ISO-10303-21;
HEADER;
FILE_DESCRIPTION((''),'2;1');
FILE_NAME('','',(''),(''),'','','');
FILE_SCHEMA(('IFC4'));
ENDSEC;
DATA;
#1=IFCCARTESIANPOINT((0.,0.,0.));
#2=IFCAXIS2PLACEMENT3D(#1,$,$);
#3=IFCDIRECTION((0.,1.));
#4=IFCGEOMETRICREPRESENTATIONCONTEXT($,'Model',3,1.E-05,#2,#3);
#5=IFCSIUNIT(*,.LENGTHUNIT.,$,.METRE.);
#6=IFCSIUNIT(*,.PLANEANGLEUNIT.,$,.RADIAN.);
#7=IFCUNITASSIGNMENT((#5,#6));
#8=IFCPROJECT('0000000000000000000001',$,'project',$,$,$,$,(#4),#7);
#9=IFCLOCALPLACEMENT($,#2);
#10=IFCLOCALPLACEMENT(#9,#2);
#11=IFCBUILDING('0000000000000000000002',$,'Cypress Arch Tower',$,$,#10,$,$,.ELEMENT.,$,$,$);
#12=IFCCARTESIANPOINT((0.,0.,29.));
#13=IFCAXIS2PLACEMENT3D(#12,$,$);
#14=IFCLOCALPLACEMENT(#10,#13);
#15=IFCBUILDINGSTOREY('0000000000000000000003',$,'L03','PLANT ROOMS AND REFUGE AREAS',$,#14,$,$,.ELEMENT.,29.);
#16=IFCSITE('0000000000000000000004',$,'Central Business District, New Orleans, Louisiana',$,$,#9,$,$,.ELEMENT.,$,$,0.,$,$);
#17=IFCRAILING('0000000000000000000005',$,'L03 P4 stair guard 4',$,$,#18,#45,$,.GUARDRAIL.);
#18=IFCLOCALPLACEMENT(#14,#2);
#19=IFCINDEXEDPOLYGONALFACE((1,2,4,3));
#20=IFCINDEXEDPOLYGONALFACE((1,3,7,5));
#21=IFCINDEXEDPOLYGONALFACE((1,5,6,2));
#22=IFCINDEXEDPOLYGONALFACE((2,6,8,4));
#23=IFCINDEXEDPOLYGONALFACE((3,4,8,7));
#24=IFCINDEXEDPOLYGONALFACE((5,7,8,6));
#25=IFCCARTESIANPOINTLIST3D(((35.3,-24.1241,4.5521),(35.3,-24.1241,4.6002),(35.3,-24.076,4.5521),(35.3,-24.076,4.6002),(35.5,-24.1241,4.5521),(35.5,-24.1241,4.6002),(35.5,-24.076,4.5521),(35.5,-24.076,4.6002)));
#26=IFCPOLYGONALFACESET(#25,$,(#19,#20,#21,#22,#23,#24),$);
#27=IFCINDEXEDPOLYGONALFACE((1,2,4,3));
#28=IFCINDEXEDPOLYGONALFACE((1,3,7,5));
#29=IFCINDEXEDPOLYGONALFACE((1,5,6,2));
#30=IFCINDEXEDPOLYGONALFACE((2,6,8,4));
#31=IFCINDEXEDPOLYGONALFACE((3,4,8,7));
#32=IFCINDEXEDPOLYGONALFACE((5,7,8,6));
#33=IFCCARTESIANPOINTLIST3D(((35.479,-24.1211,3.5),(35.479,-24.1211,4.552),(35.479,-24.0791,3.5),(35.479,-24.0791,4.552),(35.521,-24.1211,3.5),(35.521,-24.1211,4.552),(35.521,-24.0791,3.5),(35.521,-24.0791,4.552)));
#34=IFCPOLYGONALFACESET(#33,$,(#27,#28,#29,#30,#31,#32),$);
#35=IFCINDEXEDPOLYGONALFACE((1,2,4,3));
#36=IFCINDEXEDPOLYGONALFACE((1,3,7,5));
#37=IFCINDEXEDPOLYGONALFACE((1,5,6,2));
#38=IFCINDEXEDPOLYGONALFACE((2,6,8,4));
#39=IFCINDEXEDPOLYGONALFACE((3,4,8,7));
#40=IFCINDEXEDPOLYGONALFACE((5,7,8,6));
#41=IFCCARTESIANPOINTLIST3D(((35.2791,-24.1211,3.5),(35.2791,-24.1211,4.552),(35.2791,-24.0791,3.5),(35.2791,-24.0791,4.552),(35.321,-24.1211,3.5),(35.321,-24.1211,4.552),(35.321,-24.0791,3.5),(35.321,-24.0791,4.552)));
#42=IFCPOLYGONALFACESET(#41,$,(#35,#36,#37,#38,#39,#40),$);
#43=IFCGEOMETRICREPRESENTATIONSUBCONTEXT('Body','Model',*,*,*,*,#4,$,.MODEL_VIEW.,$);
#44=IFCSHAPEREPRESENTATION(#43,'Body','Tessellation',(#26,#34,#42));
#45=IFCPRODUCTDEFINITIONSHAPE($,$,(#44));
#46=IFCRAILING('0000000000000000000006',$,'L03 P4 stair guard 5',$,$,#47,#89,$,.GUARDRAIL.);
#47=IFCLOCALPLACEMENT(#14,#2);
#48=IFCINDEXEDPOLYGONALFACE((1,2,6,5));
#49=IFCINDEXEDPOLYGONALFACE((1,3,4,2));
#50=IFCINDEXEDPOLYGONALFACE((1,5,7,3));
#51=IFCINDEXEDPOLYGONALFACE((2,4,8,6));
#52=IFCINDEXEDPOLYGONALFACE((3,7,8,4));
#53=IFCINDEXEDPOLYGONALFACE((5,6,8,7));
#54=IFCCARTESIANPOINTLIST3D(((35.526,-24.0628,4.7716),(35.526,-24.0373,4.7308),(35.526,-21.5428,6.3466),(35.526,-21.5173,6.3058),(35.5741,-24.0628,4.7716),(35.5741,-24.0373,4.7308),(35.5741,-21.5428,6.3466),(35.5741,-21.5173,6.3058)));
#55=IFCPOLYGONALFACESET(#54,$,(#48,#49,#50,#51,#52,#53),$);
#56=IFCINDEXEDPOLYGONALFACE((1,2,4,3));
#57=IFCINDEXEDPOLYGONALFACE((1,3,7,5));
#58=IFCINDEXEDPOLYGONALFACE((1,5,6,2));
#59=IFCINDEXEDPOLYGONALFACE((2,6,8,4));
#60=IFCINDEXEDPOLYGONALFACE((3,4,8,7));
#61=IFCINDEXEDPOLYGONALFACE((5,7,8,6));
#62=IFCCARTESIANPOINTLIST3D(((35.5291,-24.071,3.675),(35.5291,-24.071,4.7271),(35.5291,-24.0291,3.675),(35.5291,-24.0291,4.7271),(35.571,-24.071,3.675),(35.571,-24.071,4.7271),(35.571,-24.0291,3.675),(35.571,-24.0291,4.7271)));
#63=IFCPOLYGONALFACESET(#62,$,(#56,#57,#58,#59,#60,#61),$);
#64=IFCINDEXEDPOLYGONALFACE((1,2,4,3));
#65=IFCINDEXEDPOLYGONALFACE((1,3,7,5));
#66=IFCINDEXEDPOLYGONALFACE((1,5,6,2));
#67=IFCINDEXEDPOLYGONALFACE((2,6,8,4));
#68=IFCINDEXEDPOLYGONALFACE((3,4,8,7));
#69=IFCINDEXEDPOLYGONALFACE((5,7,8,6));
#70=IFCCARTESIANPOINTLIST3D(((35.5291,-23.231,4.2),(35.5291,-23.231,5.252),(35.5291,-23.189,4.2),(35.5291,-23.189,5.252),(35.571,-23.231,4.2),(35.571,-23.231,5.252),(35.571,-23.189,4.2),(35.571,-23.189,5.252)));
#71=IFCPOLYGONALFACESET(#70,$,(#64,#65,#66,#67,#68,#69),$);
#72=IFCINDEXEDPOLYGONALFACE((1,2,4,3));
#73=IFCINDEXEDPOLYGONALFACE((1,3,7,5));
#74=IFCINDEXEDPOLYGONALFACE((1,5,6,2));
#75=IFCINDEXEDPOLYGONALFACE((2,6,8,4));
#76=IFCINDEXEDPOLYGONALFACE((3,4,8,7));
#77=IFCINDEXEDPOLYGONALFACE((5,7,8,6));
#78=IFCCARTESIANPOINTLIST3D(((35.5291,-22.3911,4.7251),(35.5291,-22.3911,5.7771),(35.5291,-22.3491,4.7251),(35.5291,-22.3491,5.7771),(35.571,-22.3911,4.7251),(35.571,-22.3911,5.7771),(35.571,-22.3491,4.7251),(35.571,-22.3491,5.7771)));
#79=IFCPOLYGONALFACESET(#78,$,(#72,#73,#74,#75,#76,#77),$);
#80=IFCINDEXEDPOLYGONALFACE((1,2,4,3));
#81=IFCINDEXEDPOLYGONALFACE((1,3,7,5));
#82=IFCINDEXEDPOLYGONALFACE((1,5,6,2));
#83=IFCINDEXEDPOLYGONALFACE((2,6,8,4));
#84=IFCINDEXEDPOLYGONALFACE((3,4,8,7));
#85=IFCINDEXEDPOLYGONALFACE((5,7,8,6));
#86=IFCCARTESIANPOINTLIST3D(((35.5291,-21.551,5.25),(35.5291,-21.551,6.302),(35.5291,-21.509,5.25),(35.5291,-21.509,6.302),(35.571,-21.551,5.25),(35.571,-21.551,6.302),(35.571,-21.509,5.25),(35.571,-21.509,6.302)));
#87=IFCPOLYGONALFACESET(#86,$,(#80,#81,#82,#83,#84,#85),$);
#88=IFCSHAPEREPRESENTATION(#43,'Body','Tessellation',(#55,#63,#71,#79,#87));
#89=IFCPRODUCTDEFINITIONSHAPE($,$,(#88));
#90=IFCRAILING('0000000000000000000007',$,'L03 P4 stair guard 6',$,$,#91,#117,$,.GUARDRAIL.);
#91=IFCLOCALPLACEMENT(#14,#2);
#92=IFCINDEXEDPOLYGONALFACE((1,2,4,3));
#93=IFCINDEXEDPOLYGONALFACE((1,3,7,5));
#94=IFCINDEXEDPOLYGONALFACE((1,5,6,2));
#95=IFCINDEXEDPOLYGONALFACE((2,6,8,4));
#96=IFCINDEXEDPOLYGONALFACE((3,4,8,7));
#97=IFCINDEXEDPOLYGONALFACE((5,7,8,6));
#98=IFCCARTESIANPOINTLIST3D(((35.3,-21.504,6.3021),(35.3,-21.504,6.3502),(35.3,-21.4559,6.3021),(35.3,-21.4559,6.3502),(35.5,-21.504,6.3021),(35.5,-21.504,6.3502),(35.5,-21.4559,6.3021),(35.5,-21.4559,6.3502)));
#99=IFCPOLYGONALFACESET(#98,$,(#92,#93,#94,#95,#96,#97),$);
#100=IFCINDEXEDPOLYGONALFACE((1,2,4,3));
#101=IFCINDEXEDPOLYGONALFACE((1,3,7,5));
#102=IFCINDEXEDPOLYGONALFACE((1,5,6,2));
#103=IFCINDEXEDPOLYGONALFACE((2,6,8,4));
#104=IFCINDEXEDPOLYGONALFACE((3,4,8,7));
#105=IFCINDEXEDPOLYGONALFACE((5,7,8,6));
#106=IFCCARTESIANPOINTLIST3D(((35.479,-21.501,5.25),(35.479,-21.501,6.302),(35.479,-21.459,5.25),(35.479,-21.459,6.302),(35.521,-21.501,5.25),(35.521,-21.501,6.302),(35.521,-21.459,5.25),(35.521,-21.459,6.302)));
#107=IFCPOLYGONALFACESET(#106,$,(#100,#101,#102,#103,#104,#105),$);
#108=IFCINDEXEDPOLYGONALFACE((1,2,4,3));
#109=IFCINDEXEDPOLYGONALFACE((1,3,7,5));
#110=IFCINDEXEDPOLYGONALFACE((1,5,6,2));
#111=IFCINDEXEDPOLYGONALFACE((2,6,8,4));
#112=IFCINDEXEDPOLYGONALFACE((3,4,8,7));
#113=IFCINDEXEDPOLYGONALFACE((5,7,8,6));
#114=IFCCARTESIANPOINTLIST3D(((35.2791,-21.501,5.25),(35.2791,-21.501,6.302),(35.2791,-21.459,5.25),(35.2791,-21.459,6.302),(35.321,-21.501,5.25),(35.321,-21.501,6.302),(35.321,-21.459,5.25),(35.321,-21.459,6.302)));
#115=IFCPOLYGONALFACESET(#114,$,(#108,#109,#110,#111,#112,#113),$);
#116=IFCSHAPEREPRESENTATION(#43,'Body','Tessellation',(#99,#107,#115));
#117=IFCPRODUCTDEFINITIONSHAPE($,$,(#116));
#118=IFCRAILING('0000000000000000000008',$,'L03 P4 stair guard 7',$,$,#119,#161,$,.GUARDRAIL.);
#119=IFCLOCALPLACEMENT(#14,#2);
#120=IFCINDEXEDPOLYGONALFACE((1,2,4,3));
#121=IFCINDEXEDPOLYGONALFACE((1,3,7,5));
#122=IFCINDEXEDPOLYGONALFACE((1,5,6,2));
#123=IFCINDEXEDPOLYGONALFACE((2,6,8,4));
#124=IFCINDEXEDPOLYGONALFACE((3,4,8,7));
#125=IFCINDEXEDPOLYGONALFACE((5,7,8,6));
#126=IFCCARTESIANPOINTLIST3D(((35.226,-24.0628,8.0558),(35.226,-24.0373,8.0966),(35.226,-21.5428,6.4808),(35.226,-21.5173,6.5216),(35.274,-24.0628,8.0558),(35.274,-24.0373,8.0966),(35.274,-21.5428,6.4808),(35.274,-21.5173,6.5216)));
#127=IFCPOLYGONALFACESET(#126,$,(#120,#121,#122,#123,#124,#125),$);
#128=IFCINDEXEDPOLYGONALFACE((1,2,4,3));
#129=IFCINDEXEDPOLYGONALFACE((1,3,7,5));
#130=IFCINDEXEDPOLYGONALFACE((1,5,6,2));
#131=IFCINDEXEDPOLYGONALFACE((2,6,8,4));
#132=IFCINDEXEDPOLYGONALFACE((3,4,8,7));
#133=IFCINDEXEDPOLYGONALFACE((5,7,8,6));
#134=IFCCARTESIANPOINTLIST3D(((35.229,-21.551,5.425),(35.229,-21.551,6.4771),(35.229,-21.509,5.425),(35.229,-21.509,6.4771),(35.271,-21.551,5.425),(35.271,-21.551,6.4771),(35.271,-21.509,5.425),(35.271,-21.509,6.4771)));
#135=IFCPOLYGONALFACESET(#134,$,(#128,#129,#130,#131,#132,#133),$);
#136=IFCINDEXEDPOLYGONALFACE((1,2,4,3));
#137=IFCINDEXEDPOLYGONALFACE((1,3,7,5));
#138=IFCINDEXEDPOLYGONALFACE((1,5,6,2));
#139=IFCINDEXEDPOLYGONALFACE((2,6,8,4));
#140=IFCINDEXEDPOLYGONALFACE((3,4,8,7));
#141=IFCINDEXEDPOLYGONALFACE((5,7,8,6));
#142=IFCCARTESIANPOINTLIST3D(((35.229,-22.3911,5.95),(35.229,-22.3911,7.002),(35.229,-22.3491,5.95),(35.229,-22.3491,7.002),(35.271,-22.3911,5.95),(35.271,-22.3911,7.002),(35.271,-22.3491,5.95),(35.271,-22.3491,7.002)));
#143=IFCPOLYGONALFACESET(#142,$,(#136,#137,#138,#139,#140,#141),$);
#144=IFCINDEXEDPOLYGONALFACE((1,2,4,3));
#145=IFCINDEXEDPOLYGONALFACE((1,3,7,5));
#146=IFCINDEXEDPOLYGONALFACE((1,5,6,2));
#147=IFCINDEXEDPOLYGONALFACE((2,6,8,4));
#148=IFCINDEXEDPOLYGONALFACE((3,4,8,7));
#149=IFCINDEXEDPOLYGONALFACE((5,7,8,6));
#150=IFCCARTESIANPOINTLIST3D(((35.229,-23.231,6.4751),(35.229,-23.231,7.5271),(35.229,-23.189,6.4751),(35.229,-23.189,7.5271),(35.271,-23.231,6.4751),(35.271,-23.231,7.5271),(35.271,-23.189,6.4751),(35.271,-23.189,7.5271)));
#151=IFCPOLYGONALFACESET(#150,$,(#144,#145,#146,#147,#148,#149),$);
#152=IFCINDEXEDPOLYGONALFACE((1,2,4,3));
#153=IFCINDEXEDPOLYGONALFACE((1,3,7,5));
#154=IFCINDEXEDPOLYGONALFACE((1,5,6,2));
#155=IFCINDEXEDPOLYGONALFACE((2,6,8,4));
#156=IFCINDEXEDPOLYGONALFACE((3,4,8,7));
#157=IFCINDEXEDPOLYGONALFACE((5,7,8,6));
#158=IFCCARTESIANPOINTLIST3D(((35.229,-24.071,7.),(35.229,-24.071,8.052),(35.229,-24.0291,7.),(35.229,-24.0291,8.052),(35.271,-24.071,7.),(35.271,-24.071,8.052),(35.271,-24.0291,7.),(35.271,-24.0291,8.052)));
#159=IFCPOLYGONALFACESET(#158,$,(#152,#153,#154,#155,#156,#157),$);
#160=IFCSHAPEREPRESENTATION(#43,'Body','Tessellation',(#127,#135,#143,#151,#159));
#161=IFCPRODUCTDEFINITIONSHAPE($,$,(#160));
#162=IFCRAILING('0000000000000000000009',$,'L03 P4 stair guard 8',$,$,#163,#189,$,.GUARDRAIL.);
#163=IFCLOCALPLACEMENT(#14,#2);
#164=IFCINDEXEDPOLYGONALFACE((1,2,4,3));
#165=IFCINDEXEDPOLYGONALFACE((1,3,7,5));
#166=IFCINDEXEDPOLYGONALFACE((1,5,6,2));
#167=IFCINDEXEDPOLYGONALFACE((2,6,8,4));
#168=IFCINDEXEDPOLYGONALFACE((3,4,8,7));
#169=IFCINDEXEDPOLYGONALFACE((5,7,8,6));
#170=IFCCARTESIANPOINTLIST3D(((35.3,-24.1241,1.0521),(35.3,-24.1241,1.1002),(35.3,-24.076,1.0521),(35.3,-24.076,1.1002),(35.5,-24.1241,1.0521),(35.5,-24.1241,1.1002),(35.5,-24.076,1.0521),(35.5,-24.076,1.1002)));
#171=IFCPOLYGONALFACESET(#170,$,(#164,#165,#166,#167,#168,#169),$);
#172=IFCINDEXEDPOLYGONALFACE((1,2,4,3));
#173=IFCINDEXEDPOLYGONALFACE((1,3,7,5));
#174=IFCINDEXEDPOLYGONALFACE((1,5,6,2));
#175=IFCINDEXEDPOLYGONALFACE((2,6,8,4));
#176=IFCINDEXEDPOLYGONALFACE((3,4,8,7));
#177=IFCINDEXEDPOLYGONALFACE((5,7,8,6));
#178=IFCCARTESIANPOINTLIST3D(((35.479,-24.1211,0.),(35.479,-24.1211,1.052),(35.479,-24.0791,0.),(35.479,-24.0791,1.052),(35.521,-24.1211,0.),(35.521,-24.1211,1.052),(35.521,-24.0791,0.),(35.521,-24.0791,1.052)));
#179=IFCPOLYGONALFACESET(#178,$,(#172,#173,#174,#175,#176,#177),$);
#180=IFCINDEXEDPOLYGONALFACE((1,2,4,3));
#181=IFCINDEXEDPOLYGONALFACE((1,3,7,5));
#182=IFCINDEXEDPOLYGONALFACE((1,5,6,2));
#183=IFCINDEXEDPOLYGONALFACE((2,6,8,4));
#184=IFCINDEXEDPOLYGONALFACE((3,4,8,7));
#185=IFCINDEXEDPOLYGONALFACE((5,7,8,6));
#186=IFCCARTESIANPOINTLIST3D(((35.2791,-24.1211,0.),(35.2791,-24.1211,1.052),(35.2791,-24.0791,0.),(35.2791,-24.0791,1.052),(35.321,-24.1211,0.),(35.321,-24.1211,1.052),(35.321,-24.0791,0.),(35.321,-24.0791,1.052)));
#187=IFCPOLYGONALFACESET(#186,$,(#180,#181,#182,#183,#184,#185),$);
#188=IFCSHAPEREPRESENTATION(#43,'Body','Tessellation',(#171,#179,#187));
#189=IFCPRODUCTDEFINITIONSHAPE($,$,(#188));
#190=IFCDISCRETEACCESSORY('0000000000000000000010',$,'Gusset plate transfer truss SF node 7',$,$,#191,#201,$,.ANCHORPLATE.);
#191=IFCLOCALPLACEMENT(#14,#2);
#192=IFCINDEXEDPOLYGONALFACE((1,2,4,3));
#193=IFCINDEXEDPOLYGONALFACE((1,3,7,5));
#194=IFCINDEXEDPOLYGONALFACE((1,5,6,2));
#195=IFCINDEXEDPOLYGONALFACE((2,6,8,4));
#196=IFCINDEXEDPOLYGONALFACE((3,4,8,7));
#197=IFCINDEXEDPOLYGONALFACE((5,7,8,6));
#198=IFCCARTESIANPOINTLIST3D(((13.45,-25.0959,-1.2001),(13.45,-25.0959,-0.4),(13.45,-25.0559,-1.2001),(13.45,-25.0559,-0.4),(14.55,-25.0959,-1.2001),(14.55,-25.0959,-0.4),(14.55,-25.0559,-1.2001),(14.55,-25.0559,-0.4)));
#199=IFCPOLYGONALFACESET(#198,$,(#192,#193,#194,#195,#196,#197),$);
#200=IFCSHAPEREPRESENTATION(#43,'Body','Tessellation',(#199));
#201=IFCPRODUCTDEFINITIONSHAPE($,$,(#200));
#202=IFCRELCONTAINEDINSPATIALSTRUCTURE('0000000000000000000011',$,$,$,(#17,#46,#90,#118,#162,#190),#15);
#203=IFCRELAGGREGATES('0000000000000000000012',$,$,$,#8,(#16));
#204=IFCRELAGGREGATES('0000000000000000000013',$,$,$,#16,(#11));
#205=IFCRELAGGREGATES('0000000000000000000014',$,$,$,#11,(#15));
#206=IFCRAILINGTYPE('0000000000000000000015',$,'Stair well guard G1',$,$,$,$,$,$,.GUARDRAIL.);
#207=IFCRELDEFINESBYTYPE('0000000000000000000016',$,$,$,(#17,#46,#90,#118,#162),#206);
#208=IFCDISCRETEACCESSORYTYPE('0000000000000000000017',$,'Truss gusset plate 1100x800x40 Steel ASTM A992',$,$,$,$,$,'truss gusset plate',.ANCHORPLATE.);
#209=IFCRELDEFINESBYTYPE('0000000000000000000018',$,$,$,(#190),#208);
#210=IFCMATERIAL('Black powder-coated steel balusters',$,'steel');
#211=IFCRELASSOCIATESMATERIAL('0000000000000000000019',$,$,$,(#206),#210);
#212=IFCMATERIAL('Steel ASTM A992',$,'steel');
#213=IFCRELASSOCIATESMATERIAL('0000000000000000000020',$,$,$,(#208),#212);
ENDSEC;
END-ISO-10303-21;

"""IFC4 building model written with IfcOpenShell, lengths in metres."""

from ifc_helpers import new_model, si_unit, direction, frame, origin, origin_2d, place, context, subcontext, project, spatial, rectangle, extrude, material, material_profile, profile_set, type_object, element, save


model = new_model("IFC4")

# Units and contexts
model_context = context("Model", 3, precision=1e-05, world=origin(), true_north=direction((0.0, 1.0)))
body_context = subcontext(model_context, "Body", "Model", "MODEL_VIEW")
ifc_project = project(units=[si_unit("LENGTHUNIT", "METRE"), si_unit("PLANEANGLEUNIT", "RADIAN")], contexts=[model_context])

# Site, building, storey
site_placement = place(None, origin())
site = spatial("IfcSite", under=ifc_project, at=site_placement, Name="Central Business District, New Orleans, Louisiana", CompositionType="ELEMENT", RefElevation=0.0)
building_placement = place(site_placement, origin())
building = spatial("IfcBuilding", under=site, at=building_placement, Name="Cypress Arch Tower", CompositionType="ELEMENT")
storey_placement = place(building_placement, frame((0.0, 0.0, 29.0)))
storey = spatial("IfcBuildingStorey", under=building, at=storey_placement, Name="L03", Description="PLANT ROOMS AND REFUGE AREAS", CompositionType="ELEMENT", Elevation=29.0)

# Railings
ifc_material_1 = material(Name="Black powder-coated steel balusters", Category="steel")
railing_type_1 = type_object("IfcRailingType", Name="Stair well guard G1", PredefinedType="GUARDRAIL", material=ifc_material_1)
railing_1_placement = place(storey_placement, frame((35.5, -24.1001, 3.5)))
element("IfcRailing", 1, at=railing_1_placement, inside=storey, type_object=railing_type_1, Name="L03 P4 stair guard 4", PredefinedType="GUARDRAIL", context=body_context, shape_type="SweptSolid", body=[
    extrude(rectangle(XDim=0.0481, YDim=0.0481, at=origin_2d()), frame((0.0, 0.0, 1.0762), z_axis=(-1.0, 0.0, 0.0), x_axis=(0.0, -1.0, 0.0)), (0.0, 0.0, 1.0), 0.2),
    extrude(rectangle(XDim=0.042, YDim=0.042, at=origin_2d()), origin(), (0.0, 0.0, 1.0), 1.052),
    extrude(rectangle(XDim=0.042, YDim=0.042, at=origin_2d()), frame((-0.2, 0.0, 0.0)), (0.0, 0.0, 1.0), 1.052),
])
railing_2_placement = place(storey_placement, frame((35.55, -24.05, 3.675)))
element("IfcRailing", 2, at=railing_2_placement, inside=storey, type_object=railing_type_1, Name="L03 P4 stair guard 5", PredefinedType="GUARDRAIL", context=body_context, shape_type="SweptSolid", body=[
    extrude(rectangle(XDim=0.0481, YDim=0.0481, at=origin_2d()), frame((0.0, 0.0, 1.0762), z_axis=(0.0, 0.848008, 0.529984), x_axis=(-1.0, 0.0, 0.0)), (0.0, 0.0, 1.0), 2.9717),
    extrude(rectangle(XDim=0.042, YDim=0.042, at=origin_2d()), origin(), (0.0, 0.0, 1.0), 1.052),
    extrude(rectangle(XDim=0.042, YDim=0.042, at=origin_2d()), frame((0.0, 0.8401, 0.5249)), (0.0, 0.0, 1.0), 1.052),
    extrude(rectangle(XDim=0.042, YDim=0.042, at=origin_2d()), frame((0.0, 1.6799, 1.05)), (0.0, 0.0, 1.0), 1.052),
    extrude(rectangle(XDim=0.042, YDim=0.042, at=origin_2d()), frame((0.0, 2.52, 1.575)), (0.0, 0.0, 1.0), 1.052),
])
railing_3_placement = place(storey_placement, frame((35.5, -21.48, 5.25)))
element("IfcRailing", 3, at=railing_3_placement, inside=storey, type_object=railing_type_1, Name="L03 P4 stair guard 6", PredefinedType="GUARDRAIL", context=body_context, shape_type="SweptSolid", body=[
    extrude(rectangle(XDim=0.0481, YDim=0.0481, at=origin_2d()), frame((0.0, 0.0, 1.0762), z_axis=(-1.0, 0.0, 0.0), x_axis=(0.0, -1.0, 0.0)), (0.0, 0.0, 1.0), 0.2),
    extrude(rectangle(XDim=0.042, YDim=0.042, at=origin_2d()), origin(), (0.0, 0.0, 1.0), 1.052),
    extrude(rectangle(XDim=0.042, YDim=0.042, at=origin_2d()), frame((-0.2, 0.0, 0.0)), (0.0, 0.0, 1.0), 1.052),
])
railing_4_placement = place(storey_placement, frame((35.25, -21.53, 5.425)))
element("IfcRailing", 4, at=railing_4_placement, inside=storey, type_object=railing_type_1, Name="L03 P4 stair guard 7", PredefinedType="GUARDRAIL", context=body_context, shape_type="SweptSolid", body=[
    extrude(rectangle(XDim=0.0481, YDim=0.0481, at=origin_2d()), frame((0.0, 0.0, 1.0762), z_axis=(0.0, -0.848008, 0.529984), x_axis=(1.0, 0.0, 0.0)), (0.0, 0.0, 1.0), 2.9717),
    extrude(rectangle(XDim=0.042, YDim=0.042, at=origin_2d()), origin(), (0.0, 0.0, 1.0), 1.052),
    extrude(rectangle(XDim=0.042, YDim=0.042, at=origin_2d()), frame((0.0, -0.8401, 0.5249)), (0.0, 0.0, 1.0), 1.052),
    extrude(rectangle(XDim=0.042, YDim=0.042, at=origin_2d()), frame((0.0, -1.6799, 1.05)), (0.0, 0.0, 1.0), 1.052),
    extrude(rectangle(XDim=0.042, YDim=0.042, at=origin_2d()), frame((0.0, -2.52, 1.575)), (0.0, 0.0, 1.0), 1.052),
])
railing_5_placement = place(storey_placement, frame((35.5, -24.1001, 0.0)))
element("IfcRailing", 5, at=railing_5_placement, inside=storey, type_object=railing_type_1, Name="L03 P4 stair guard 8", PredefinedType="GUARDRAIL", context=body_context, shape_type="SweptSolid", body=[
    extrude(rectangle(XDim=0.0481, YDim=0.0481, at=origin_2d()), frame((0.0, 0.0, 1.0762), z_axis=(-1.0, 0.0, 0.0), x_axis=(0.0, -1.0, 0.0)), (0.0, 0.0, 1.0), 0.2),
    extrude(rectangle(XDim=0.042, YDim=0.042, at=origin_2d()), origin(), (0.0, 0.0, 1.0), 1.052),
    extrude(rectangle(XDim=0.042, YDim=0.042, at=origin_2d()), frame((-0.2, 0.0, 0.0)), (0.0, 0.0, 1.0), 1.052),
])

# Discrete accessory
ifc_material_2 = material(Name="Steel ASTM A992", Category="steel")
ifc_material_profile_1 = material_profile(ifc_material_2, rectangle(XDim=1.1001, YDim=0.8, at=origin_2d()), Name="PL 40 1100x800")
ifc_profile_set_1 = profile_set([ifc_material_profile_1], Name="Steel ASTM A992")
discrete_accessory_type = type_object("IfcDiscreteAccessoryType", Name="Truss gusset plate 1100x800x40 Steel ASTM A992", ElementType="truss gusset plate", PredefinedType="ANCHORPLATE", material=ifc_profile_set_1)
discrete_accessory_placement = place(storey_placement, frame((14.0, -25.0959, -0.8), z_axis=(0.0, 1.0, 0.0), x_axis=(-1.0, 0.0, 0.0)))
element("IfcDiscreteAccessory", 6, at=discrete_accessory_placement, inside=storey, type_object=discrete_accessory_type, Name="Gusset plate transfer truss SF node 7", PredefinedType="ANCHORPLATE", context=body_context, shape_type="SweptSolid", body=[
    extrude(rectangle(XDim=1.1001, YDim=0.8, at=origin_2d()), origin(), (0.0, 0.0, 1.0), 0.04),
])

save(model, "model.ifc")
